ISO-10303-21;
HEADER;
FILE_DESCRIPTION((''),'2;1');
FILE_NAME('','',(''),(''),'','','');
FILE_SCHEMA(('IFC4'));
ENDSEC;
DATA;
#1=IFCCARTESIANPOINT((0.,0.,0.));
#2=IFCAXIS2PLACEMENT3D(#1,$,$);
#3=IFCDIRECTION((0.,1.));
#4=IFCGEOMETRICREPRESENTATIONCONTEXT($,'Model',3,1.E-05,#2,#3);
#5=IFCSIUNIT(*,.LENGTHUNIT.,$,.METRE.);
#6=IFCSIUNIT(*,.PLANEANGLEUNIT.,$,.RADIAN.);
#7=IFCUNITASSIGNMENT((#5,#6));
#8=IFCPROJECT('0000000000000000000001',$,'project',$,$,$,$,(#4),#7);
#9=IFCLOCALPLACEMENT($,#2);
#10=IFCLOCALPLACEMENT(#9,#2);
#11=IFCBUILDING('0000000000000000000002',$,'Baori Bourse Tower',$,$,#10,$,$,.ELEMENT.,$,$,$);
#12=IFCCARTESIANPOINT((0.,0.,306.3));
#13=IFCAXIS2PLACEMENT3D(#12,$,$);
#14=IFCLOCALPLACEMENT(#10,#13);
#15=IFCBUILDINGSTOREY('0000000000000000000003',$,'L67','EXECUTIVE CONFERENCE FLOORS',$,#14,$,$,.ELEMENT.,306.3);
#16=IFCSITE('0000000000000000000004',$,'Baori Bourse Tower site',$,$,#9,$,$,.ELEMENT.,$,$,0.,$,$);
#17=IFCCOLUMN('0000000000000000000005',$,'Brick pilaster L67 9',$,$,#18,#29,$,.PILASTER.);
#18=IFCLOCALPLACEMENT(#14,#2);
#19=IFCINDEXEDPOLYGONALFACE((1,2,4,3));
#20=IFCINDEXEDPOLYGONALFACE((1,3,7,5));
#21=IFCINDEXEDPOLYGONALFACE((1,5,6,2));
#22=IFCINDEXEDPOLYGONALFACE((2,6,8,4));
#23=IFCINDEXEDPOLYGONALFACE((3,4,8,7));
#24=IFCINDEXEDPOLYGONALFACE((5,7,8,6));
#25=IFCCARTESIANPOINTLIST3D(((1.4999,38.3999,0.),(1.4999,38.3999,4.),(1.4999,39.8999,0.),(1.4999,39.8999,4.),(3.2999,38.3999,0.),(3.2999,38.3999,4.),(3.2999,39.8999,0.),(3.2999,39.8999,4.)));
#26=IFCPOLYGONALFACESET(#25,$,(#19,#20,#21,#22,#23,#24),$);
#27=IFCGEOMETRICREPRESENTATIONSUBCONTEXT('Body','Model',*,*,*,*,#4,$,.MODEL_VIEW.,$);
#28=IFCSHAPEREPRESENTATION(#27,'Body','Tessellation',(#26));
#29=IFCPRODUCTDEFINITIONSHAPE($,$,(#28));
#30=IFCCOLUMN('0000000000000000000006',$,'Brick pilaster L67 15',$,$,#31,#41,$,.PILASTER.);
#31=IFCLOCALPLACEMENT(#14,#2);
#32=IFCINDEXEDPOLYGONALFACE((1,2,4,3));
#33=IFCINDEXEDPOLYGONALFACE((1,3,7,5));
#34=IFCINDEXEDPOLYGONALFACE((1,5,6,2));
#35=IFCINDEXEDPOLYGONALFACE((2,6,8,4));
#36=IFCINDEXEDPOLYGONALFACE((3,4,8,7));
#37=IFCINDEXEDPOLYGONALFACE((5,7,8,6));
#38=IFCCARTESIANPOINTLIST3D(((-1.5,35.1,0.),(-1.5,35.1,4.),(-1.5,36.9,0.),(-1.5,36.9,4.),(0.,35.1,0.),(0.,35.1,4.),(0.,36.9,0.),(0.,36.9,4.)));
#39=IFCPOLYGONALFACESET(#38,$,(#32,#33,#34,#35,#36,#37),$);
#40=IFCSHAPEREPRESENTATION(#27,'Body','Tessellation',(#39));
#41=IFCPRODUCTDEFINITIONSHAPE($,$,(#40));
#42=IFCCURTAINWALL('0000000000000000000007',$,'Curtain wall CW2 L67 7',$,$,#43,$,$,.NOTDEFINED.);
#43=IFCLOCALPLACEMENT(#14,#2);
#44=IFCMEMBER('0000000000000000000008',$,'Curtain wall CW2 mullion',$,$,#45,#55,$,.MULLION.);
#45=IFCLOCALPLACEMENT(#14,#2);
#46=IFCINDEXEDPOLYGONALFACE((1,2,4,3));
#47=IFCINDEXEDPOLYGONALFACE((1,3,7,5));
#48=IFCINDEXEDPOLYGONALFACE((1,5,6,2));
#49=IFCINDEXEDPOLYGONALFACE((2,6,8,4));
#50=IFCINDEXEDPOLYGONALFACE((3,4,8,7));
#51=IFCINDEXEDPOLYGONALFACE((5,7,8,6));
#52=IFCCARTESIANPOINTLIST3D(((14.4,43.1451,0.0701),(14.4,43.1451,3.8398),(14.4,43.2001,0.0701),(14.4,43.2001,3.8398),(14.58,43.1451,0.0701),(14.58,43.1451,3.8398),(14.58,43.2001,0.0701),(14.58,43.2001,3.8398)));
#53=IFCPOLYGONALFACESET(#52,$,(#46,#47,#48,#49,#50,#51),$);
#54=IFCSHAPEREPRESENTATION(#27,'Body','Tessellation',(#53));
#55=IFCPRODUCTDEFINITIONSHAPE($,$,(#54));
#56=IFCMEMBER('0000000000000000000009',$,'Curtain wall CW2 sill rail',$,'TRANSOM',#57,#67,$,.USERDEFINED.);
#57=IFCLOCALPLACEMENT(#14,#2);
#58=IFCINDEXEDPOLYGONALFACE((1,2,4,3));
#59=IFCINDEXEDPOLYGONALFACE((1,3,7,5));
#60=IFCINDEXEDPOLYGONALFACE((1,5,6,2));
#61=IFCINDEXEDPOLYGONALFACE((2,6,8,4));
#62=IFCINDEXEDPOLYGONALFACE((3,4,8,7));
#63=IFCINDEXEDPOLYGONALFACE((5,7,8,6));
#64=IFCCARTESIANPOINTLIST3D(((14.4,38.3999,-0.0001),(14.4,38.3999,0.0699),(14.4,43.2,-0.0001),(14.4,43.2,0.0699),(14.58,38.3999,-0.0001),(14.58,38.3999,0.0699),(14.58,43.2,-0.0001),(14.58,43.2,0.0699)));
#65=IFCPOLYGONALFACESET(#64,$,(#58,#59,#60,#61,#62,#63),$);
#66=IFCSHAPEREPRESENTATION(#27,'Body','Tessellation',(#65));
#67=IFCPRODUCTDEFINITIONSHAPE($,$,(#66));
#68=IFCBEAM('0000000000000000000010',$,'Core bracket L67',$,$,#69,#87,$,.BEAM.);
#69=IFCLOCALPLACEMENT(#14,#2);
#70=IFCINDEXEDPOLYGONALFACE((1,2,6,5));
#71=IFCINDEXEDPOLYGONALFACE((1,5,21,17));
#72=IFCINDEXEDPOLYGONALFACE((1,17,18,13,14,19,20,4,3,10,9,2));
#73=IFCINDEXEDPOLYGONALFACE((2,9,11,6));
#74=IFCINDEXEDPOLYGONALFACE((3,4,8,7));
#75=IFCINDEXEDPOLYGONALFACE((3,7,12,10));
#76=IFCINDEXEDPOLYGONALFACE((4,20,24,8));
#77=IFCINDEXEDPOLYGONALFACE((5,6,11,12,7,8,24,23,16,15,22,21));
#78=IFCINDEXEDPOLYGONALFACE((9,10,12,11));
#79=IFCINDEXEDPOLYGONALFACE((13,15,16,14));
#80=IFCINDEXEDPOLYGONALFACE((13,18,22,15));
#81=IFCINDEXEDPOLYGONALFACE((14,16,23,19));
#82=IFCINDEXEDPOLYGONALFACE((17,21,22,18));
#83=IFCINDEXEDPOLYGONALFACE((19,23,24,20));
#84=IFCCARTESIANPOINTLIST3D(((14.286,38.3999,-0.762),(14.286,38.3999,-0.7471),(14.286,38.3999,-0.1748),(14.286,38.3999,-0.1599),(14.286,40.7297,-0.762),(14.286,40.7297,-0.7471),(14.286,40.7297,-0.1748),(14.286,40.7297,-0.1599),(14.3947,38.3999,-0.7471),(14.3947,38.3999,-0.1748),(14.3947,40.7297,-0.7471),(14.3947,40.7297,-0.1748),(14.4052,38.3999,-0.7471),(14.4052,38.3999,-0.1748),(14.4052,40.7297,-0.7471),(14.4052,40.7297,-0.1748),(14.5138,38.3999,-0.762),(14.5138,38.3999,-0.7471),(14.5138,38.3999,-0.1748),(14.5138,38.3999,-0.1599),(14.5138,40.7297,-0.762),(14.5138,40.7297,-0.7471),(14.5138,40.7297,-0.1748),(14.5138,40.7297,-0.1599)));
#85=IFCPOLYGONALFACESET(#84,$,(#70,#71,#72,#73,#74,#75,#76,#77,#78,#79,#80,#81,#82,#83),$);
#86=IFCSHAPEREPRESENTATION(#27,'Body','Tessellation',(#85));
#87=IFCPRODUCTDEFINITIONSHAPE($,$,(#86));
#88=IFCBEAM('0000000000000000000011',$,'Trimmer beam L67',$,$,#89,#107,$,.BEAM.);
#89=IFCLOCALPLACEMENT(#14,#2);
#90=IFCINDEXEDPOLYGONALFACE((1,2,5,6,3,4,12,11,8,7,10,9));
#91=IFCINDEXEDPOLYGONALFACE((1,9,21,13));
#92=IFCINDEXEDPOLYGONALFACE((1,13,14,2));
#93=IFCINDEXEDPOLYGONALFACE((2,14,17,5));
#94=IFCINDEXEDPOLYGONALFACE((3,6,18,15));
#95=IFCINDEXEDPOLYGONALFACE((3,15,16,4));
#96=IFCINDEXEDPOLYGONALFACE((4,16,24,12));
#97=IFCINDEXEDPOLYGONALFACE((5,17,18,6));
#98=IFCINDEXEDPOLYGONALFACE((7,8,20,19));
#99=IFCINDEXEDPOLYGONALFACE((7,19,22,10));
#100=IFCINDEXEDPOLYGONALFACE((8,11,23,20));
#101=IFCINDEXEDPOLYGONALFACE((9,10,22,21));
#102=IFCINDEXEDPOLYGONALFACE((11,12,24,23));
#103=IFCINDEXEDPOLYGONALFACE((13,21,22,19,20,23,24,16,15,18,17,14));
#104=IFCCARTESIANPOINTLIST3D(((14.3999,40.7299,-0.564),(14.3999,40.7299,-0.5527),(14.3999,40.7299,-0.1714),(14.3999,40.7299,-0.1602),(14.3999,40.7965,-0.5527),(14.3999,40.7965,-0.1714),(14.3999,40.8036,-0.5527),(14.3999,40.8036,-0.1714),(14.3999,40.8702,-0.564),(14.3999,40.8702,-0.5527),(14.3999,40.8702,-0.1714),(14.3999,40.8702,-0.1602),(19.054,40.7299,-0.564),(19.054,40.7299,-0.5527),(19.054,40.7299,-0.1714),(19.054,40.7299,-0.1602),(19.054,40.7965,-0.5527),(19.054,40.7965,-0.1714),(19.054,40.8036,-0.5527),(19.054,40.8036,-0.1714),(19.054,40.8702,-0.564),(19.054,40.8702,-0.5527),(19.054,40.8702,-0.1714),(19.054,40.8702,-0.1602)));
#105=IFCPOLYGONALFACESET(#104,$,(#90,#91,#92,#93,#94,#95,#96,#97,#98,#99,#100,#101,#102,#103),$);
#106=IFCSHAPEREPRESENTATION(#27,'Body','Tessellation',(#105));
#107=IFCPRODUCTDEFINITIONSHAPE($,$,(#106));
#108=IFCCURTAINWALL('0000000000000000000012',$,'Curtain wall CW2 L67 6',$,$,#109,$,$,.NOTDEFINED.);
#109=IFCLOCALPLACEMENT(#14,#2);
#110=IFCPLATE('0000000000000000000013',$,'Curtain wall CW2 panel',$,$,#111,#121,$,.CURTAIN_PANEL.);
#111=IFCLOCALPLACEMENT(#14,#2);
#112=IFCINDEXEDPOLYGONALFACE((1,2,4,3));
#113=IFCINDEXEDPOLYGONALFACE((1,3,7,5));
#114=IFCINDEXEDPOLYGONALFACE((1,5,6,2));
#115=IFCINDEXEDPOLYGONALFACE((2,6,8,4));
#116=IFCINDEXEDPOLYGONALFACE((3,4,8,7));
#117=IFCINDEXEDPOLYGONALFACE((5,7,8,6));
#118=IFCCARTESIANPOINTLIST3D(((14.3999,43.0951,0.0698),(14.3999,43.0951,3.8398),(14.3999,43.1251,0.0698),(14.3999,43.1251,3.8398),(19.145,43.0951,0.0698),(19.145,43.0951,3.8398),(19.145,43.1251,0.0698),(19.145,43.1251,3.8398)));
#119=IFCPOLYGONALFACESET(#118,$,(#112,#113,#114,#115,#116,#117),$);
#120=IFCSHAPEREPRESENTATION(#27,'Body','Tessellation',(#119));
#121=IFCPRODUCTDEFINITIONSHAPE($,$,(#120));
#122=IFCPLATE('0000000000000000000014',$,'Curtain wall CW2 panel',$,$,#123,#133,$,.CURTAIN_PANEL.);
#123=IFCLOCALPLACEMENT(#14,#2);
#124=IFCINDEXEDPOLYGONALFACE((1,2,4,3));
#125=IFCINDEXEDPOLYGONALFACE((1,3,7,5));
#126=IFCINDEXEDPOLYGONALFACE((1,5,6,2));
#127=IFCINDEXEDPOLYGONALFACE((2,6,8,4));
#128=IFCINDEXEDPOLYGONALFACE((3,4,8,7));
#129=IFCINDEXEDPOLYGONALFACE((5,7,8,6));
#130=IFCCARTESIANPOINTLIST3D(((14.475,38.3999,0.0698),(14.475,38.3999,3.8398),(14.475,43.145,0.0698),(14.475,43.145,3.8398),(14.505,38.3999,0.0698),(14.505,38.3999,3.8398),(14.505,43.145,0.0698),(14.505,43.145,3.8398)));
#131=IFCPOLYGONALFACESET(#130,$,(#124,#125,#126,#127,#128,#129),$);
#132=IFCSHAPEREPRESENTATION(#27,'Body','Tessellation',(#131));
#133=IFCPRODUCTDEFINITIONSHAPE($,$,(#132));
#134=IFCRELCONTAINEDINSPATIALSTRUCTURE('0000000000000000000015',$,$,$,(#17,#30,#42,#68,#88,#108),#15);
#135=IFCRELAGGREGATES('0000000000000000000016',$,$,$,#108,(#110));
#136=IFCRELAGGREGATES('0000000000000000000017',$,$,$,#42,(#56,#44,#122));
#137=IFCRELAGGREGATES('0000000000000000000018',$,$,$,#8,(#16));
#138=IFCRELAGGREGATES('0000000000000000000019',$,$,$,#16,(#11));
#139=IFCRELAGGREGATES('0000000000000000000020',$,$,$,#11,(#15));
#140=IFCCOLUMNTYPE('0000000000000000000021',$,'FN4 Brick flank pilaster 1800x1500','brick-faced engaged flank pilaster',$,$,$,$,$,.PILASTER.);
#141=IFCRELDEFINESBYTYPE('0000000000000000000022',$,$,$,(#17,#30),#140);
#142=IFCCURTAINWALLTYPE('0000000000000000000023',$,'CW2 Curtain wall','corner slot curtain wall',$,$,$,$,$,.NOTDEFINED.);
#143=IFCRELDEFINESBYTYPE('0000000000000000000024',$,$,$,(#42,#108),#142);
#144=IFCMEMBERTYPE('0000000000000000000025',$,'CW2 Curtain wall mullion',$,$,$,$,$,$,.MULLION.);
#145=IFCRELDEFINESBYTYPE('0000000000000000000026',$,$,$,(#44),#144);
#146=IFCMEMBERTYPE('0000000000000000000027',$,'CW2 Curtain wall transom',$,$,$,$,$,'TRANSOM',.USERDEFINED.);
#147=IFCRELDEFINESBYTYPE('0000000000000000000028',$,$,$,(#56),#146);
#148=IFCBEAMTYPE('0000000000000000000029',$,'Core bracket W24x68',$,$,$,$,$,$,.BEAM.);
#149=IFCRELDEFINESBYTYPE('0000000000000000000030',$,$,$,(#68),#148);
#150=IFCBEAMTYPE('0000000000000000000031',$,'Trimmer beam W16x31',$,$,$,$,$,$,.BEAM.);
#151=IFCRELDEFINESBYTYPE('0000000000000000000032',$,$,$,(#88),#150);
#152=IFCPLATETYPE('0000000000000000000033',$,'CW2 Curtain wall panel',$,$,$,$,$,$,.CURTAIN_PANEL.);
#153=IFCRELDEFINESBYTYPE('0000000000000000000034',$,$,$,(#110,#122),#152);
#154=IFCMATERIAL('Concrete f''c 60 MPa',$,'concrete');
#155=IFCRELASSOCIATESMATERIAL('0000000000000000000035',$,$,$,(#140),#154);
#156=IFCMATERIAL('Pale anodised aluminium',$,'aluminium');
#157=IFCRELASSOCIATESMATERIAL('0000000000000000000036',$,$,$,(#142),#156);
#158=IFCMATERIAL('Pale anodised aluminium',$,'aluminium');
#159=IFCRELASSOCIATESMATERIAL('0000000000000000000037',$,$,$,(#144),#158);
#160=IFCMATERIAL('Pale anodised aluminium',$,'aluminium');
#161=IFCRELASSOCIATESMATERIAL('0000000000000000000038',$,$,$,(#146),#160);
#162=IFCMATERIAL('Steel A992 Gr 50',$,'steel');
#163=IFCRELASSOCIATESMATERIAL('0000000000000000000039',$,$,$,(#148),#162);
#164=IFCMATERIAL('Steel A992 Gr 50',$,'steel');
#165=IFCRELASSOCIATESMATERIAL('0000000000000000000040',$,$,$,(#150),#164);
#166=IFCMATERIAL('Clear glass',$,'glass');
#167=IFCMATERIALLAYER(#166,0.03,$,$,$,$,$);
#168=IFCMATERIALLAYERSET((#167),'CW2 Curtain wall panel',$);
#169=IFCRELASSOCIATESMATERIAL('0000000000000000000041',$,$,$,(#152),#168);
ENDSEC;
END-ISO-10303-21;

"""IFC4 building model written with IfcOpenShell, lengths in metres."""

from ifc_helpers import new_model, si_unit, direction, frame, origin, origin_2d, place, context, subcontext, project, spatial, rectangle, i_section, extrude, material, layer, layer_set, material_profile, profile_set, type_object, element, aggregate, save


model = new_model("IFC4")

# Units and contexts
model_context = context("Model", 3, precision=1e-05, world=origin(), true_north=direction((0.0, 1.0)))
body_context = subcontext(model_context, "Body", "Model", "MODEL_VIEW")
ifc_project = project(units=[si_unit("LENGTHUNIT", "METRE"), si_unit("PLANEANGLEUNIT", "RADIAN")], contexts=[model_context])

# Site, building, storey
site_placement = place(None, origin())
site = spatial("IfcSite", under=ifc_project, at=site_placement, Name="Baori Bourse Tower site", CompositionType="ELEMENT", RefElevation=0.0)
building_placement = place(site_placement, origin())
building = spatial("IfcBuilding", under=site, at=building_placement, Name="Baori Bourse Tower", CompositionType="ELEMENT")
storey_placement = place(building_placement, frame((0.0, 0.0, 306.3)))
storey = spatial("IfcBuildingStorey", under=building, at=storey_placement, Name="L67", Description="EXECUTIVE CONFERENCE FLOORS", CompositionType="ELEMENT", Elevation=306.3)

# Columns
ifc_material_1 = material(Name="Concrete f'c 60 MPa", Category="concrete")
ifc_material_profile_1 = material_profile(ifc_material_1, rectangle(XDim=1.8, YDim=1.5, at=origin_2d()), Name="RC 1800x1500")
ifc_profile_set_1 = profile_set([ifc_material_profile_1], Name="Concrete f'c 60 MPa")
column_type = type_object("IfcColumnType", Name="FN4 Brick flank pilaster 1800x1500", Description="brick-faced engaged flank pilaster", PredefinedType="PILASTER", material=ifc_profile_set_1)
for number, where, z_axis, x_axis, name in (
    (1, (2.3999, 39.1499, 0.0), (0.0, 0.0, 1.0), (1.0, 0.0, 0.0), "Brick pilaster L67 9"),
    (2, (-0.75, 36.0, 0.0), (0.0, 0.0, 1.0), (0.0, 1.0, 0.0), "Brick pilaster L67 15"),
):
    element("IfcColumn", number, at=place(storey_placement, frame(where, z_axis=z_axis, x_axis=x_axis)), inside=storey, type_object=column_type, Name=name, PredefinedType="PILASTER", context=body_context, shape_type="SweptSolid", body=[
        extrude(rectangle(XDim=1.8, YDim=1.5, at=origin_2d()), origin(), (0.0, 0.0, 1.0), 4.0),
    ])

# Curtain wall, members
ifc_material_2 = material(Name="Pale anodised aluminium", Category="aluminium")
curtain_wall_type = type_object("IfcCurtainWallType", Name="CW2 Curtain wall", Description="corner slot curtain wall", PredefinedType="NOTDEFINED", material=ifc_material_2)
curtain_wall_1_placement = place(storey_placement, origin())
curtain_wall_1 = element("IfcCurtainWall", 3, at=curtain_wall_1_placement, inside=storey, type_object=curtain_wall_type, Name="Curtain wall CW2 L67 7", PredefinedType="NOTDEFINED")
ifc_material_3 = material(Name="Pale anodised aluminium", Category="aluminium")
ifc_material_profile_2 = material_profile(ifc_material_3, rectangle(XDim=0.1799, YDim=0.0549, at=origin_2d()), Name="Mullion 55x180")
ifc_profile_set_2 = profile_set([ifc_material_profile_2], Name="Pale anodised aluminium")
member_type_1 = type_object("IfcMemberType", Name="CW2 Curtain wall mullion", PredefinedType="MULLION", material=ifc_profile_set_2)
member_1_placement = place(storey_placement, frame((14.49, 43.1726, 0.0701), z_axis=(0.0, 0.0, 1.0), x_axis=(1.0, 0.0, 0.0)))
member_1 = element("IfcMember", 4, at=member_1_placement, type_object=member_type_1, Name="Curtain wall CW2 mullion", PredefinedType="MULLION", context=body_context, shape_type="SweptSolid", body=[
    extrude(rectangle(XDim=0.1799, YDim=0.0549, at=origin_2d()), origin(), (0.0, 0.0, 1.0), 3.7698),
])
ifc_material_4 = material(Name="Pale anodised aluminium", Category="aluminium")
ifc_material_profile_3 = material_profile(ifc_material_4, rectangle(XDim=0.1799, YDim=0.0701, at=origin_2d()), Name="Transom 70x180")
ifc_profile_set_3 = profile_set([ifc_material_profile_3], Name="Pale anodised aluminium")
member_type_2 = type_object("IfcMemberType", Name="CW2 Curtain wall transom", ElementType="TRANSOM", PredefinedType="USERDEFINED", material=ifc_profile_set_3)
member_2_placement = place(storey_placement, frame((14.49, 43.2, 0.0349), z_axis=(0.0, -1.0, 0.0), x_axis=(1.0, 0.0, 0.0)))
member_2 = element("IfcMember", 5, at=member_2_placement, type_object=member_type_2, Name="Curtain wall CW2 sill rail", ObjectType="TRANSOM", PredefinedType="USERDEFINED", context=body_context, shape_type="SweptSolid", body=[
    extrude(rectangle(XDim=0.1799, YDim=0.0701, at=origin_2d()), origin(), (0.0, 0.0, 1.0), 4.8),
])

# Beams
ifc_material_5 = material(Name="Steel A992 Gr 50", Category="steel")
ifc_material_profile_4 = material_profile(ifc_material_5, i_section(OverallWidth=0.2278, OverallDepth=0.6021, WebThickness=0.0105, FlangeThickness=0.0149, at=origin_2d()), Name="W24x68")
ifc_profile_set_4 = profile_set([ifc_material_profile_4], Name="Steel A992 Gr 50")
beam_type_1 = type_object("IfcBeamType", Name="Core bracket W24x68", PredefinedType="BEAM", material=ifc_profile_set_4)
beam_1_placement = place(storey_placement, frame((14.3999, 38.3999, -0.4609), z_axis=(0.0, 1.0, 0.0), x_axis=(-1.0, 0.0, 0.0)))
element("IfcBeam", 6, at=beam_1_placement, inside=storey, type_object=beam_type_1, Name="Core bracket L67", PredefinedType="BEAM", context=body_context, shape_type="SweptSolid", body=[
    extrude(i_section(OverallWidth=0.2278, OverallDepth=0.6021, WebThickness=0.0105, FlangeThickness=0.0149, at=origin_2d()), origin(), (0.0, 0.0, 1.0), 2.3298),
])
ifc_material_6 = material(Name="Steel A992 Gr 50", Category="steel")
ifc_material_profile_5 = material_profile(ifc_material_6, i_section(OverallWidth=0.1404, OverallDepth=0.4038, WebThickness=0.0071, FlangeThickness=0.0112, at=origin_2d()), Name="W16x31")
ifc_profile_set_5 = profile_set([ifc_material_profile_5], Name="Steel A992 Gr 50")
beam_type_2 = type_object("IfcBeamType", Name="Trimmer beam W16x31", PredefinedType="BEAM", material=ifc_profile_set_5)
beam_2_placement = place(storey_placement, frame((14.3999, 40.8, -0.3621), z_axis=(1.0, 0.0, 0.0), x_axis=(0.0, 1.0, 0.0)))
element("IfcBeam", 7, at=beam_2_placement, inside=storey, type_object=beam_type_2, Name="Trimmer beam L67", PredefinedType="BEAM", context=body_context, shape_type="SweptSolid", body=[
    extrude(i_section(OverallWidth=0.1404, OverallDepth=0.4038, WebThickness=0.0071, FlangeThickness=0.0112, at=origin_2d()), origin(), (0.0, 0.0, 1.0), 4.6541),
])

# Curtain wall, plate
curtain_wall_2_placement = place(storey_placement, origin())
curtain_wall_2 = element("IfcCurtainWall", 8, at=curtain_wall_2_placement, inside=storey, type_object=curtain_wall_type, Name="Curtain wall CW2 L67 6", PredefinedType="NOTDEFINED")
ifc_material_7 = material(Name="Clear glass", Category="glass")
ifc_layer_1 = layer(ifc_material_7, 0.03)
ifc_layer_set_1 = layer_set([ifc_layer_1], Name="CW2 Curtain wall panel")
plate_type = type_object("IfcPlateType", Name="CW2 Curtain wall panel", PredefinedType="CURTAIN_PANEL", material=ifc_layer_set_1)
plate_1_placement = place(storey_placement, frame((16.7725, 43.1101, 0.0698), z_axis=(0.0, 0.0, 1.0), x_axis=(-1.0, 0.0, 0.0)))
plate_1 = element("IfcPlate", 9, at=plate_1_placement, type_object=plate_type, Name="Curtain wall CW2 panel", PredefinedType="CURTAIN_PANEL", context=body_context, shape_type="SweptSolid", body=[
    extrude(rectangle(XDim=4.7451, YDim=0.03, at=origin_2d()), origin(), (0.0, 0.0, 1.0), 3.77),
])
aggregate(curtain_wall_2, [plate_1])

# Plate
plate_2_placement = place(storey_placement, frame((14.49, 40.7725, 0.0698), z_axis=(0.0, 0.0, 1.0), x_axis=(0.0, -1.0, 0.0)))
plate_2 = element("IfcPlate", 10, at=plate_2_placement, type_object=plate_type, Name="Curtain wall CW2 panel", PredefinedType="CURTAIN_PANEL", context=body_context, shape_type="SweptSolid", body=[
    extrude(rectangle(XDim=4.7451, YDim=0.03, at=origin_2d()), origin(), (0.0, 0.0, 1.0), 3.77),
])
aggregate(curtain_wall_1, [member_2, member_1, plate_2])

save(model, "model.ifc")
